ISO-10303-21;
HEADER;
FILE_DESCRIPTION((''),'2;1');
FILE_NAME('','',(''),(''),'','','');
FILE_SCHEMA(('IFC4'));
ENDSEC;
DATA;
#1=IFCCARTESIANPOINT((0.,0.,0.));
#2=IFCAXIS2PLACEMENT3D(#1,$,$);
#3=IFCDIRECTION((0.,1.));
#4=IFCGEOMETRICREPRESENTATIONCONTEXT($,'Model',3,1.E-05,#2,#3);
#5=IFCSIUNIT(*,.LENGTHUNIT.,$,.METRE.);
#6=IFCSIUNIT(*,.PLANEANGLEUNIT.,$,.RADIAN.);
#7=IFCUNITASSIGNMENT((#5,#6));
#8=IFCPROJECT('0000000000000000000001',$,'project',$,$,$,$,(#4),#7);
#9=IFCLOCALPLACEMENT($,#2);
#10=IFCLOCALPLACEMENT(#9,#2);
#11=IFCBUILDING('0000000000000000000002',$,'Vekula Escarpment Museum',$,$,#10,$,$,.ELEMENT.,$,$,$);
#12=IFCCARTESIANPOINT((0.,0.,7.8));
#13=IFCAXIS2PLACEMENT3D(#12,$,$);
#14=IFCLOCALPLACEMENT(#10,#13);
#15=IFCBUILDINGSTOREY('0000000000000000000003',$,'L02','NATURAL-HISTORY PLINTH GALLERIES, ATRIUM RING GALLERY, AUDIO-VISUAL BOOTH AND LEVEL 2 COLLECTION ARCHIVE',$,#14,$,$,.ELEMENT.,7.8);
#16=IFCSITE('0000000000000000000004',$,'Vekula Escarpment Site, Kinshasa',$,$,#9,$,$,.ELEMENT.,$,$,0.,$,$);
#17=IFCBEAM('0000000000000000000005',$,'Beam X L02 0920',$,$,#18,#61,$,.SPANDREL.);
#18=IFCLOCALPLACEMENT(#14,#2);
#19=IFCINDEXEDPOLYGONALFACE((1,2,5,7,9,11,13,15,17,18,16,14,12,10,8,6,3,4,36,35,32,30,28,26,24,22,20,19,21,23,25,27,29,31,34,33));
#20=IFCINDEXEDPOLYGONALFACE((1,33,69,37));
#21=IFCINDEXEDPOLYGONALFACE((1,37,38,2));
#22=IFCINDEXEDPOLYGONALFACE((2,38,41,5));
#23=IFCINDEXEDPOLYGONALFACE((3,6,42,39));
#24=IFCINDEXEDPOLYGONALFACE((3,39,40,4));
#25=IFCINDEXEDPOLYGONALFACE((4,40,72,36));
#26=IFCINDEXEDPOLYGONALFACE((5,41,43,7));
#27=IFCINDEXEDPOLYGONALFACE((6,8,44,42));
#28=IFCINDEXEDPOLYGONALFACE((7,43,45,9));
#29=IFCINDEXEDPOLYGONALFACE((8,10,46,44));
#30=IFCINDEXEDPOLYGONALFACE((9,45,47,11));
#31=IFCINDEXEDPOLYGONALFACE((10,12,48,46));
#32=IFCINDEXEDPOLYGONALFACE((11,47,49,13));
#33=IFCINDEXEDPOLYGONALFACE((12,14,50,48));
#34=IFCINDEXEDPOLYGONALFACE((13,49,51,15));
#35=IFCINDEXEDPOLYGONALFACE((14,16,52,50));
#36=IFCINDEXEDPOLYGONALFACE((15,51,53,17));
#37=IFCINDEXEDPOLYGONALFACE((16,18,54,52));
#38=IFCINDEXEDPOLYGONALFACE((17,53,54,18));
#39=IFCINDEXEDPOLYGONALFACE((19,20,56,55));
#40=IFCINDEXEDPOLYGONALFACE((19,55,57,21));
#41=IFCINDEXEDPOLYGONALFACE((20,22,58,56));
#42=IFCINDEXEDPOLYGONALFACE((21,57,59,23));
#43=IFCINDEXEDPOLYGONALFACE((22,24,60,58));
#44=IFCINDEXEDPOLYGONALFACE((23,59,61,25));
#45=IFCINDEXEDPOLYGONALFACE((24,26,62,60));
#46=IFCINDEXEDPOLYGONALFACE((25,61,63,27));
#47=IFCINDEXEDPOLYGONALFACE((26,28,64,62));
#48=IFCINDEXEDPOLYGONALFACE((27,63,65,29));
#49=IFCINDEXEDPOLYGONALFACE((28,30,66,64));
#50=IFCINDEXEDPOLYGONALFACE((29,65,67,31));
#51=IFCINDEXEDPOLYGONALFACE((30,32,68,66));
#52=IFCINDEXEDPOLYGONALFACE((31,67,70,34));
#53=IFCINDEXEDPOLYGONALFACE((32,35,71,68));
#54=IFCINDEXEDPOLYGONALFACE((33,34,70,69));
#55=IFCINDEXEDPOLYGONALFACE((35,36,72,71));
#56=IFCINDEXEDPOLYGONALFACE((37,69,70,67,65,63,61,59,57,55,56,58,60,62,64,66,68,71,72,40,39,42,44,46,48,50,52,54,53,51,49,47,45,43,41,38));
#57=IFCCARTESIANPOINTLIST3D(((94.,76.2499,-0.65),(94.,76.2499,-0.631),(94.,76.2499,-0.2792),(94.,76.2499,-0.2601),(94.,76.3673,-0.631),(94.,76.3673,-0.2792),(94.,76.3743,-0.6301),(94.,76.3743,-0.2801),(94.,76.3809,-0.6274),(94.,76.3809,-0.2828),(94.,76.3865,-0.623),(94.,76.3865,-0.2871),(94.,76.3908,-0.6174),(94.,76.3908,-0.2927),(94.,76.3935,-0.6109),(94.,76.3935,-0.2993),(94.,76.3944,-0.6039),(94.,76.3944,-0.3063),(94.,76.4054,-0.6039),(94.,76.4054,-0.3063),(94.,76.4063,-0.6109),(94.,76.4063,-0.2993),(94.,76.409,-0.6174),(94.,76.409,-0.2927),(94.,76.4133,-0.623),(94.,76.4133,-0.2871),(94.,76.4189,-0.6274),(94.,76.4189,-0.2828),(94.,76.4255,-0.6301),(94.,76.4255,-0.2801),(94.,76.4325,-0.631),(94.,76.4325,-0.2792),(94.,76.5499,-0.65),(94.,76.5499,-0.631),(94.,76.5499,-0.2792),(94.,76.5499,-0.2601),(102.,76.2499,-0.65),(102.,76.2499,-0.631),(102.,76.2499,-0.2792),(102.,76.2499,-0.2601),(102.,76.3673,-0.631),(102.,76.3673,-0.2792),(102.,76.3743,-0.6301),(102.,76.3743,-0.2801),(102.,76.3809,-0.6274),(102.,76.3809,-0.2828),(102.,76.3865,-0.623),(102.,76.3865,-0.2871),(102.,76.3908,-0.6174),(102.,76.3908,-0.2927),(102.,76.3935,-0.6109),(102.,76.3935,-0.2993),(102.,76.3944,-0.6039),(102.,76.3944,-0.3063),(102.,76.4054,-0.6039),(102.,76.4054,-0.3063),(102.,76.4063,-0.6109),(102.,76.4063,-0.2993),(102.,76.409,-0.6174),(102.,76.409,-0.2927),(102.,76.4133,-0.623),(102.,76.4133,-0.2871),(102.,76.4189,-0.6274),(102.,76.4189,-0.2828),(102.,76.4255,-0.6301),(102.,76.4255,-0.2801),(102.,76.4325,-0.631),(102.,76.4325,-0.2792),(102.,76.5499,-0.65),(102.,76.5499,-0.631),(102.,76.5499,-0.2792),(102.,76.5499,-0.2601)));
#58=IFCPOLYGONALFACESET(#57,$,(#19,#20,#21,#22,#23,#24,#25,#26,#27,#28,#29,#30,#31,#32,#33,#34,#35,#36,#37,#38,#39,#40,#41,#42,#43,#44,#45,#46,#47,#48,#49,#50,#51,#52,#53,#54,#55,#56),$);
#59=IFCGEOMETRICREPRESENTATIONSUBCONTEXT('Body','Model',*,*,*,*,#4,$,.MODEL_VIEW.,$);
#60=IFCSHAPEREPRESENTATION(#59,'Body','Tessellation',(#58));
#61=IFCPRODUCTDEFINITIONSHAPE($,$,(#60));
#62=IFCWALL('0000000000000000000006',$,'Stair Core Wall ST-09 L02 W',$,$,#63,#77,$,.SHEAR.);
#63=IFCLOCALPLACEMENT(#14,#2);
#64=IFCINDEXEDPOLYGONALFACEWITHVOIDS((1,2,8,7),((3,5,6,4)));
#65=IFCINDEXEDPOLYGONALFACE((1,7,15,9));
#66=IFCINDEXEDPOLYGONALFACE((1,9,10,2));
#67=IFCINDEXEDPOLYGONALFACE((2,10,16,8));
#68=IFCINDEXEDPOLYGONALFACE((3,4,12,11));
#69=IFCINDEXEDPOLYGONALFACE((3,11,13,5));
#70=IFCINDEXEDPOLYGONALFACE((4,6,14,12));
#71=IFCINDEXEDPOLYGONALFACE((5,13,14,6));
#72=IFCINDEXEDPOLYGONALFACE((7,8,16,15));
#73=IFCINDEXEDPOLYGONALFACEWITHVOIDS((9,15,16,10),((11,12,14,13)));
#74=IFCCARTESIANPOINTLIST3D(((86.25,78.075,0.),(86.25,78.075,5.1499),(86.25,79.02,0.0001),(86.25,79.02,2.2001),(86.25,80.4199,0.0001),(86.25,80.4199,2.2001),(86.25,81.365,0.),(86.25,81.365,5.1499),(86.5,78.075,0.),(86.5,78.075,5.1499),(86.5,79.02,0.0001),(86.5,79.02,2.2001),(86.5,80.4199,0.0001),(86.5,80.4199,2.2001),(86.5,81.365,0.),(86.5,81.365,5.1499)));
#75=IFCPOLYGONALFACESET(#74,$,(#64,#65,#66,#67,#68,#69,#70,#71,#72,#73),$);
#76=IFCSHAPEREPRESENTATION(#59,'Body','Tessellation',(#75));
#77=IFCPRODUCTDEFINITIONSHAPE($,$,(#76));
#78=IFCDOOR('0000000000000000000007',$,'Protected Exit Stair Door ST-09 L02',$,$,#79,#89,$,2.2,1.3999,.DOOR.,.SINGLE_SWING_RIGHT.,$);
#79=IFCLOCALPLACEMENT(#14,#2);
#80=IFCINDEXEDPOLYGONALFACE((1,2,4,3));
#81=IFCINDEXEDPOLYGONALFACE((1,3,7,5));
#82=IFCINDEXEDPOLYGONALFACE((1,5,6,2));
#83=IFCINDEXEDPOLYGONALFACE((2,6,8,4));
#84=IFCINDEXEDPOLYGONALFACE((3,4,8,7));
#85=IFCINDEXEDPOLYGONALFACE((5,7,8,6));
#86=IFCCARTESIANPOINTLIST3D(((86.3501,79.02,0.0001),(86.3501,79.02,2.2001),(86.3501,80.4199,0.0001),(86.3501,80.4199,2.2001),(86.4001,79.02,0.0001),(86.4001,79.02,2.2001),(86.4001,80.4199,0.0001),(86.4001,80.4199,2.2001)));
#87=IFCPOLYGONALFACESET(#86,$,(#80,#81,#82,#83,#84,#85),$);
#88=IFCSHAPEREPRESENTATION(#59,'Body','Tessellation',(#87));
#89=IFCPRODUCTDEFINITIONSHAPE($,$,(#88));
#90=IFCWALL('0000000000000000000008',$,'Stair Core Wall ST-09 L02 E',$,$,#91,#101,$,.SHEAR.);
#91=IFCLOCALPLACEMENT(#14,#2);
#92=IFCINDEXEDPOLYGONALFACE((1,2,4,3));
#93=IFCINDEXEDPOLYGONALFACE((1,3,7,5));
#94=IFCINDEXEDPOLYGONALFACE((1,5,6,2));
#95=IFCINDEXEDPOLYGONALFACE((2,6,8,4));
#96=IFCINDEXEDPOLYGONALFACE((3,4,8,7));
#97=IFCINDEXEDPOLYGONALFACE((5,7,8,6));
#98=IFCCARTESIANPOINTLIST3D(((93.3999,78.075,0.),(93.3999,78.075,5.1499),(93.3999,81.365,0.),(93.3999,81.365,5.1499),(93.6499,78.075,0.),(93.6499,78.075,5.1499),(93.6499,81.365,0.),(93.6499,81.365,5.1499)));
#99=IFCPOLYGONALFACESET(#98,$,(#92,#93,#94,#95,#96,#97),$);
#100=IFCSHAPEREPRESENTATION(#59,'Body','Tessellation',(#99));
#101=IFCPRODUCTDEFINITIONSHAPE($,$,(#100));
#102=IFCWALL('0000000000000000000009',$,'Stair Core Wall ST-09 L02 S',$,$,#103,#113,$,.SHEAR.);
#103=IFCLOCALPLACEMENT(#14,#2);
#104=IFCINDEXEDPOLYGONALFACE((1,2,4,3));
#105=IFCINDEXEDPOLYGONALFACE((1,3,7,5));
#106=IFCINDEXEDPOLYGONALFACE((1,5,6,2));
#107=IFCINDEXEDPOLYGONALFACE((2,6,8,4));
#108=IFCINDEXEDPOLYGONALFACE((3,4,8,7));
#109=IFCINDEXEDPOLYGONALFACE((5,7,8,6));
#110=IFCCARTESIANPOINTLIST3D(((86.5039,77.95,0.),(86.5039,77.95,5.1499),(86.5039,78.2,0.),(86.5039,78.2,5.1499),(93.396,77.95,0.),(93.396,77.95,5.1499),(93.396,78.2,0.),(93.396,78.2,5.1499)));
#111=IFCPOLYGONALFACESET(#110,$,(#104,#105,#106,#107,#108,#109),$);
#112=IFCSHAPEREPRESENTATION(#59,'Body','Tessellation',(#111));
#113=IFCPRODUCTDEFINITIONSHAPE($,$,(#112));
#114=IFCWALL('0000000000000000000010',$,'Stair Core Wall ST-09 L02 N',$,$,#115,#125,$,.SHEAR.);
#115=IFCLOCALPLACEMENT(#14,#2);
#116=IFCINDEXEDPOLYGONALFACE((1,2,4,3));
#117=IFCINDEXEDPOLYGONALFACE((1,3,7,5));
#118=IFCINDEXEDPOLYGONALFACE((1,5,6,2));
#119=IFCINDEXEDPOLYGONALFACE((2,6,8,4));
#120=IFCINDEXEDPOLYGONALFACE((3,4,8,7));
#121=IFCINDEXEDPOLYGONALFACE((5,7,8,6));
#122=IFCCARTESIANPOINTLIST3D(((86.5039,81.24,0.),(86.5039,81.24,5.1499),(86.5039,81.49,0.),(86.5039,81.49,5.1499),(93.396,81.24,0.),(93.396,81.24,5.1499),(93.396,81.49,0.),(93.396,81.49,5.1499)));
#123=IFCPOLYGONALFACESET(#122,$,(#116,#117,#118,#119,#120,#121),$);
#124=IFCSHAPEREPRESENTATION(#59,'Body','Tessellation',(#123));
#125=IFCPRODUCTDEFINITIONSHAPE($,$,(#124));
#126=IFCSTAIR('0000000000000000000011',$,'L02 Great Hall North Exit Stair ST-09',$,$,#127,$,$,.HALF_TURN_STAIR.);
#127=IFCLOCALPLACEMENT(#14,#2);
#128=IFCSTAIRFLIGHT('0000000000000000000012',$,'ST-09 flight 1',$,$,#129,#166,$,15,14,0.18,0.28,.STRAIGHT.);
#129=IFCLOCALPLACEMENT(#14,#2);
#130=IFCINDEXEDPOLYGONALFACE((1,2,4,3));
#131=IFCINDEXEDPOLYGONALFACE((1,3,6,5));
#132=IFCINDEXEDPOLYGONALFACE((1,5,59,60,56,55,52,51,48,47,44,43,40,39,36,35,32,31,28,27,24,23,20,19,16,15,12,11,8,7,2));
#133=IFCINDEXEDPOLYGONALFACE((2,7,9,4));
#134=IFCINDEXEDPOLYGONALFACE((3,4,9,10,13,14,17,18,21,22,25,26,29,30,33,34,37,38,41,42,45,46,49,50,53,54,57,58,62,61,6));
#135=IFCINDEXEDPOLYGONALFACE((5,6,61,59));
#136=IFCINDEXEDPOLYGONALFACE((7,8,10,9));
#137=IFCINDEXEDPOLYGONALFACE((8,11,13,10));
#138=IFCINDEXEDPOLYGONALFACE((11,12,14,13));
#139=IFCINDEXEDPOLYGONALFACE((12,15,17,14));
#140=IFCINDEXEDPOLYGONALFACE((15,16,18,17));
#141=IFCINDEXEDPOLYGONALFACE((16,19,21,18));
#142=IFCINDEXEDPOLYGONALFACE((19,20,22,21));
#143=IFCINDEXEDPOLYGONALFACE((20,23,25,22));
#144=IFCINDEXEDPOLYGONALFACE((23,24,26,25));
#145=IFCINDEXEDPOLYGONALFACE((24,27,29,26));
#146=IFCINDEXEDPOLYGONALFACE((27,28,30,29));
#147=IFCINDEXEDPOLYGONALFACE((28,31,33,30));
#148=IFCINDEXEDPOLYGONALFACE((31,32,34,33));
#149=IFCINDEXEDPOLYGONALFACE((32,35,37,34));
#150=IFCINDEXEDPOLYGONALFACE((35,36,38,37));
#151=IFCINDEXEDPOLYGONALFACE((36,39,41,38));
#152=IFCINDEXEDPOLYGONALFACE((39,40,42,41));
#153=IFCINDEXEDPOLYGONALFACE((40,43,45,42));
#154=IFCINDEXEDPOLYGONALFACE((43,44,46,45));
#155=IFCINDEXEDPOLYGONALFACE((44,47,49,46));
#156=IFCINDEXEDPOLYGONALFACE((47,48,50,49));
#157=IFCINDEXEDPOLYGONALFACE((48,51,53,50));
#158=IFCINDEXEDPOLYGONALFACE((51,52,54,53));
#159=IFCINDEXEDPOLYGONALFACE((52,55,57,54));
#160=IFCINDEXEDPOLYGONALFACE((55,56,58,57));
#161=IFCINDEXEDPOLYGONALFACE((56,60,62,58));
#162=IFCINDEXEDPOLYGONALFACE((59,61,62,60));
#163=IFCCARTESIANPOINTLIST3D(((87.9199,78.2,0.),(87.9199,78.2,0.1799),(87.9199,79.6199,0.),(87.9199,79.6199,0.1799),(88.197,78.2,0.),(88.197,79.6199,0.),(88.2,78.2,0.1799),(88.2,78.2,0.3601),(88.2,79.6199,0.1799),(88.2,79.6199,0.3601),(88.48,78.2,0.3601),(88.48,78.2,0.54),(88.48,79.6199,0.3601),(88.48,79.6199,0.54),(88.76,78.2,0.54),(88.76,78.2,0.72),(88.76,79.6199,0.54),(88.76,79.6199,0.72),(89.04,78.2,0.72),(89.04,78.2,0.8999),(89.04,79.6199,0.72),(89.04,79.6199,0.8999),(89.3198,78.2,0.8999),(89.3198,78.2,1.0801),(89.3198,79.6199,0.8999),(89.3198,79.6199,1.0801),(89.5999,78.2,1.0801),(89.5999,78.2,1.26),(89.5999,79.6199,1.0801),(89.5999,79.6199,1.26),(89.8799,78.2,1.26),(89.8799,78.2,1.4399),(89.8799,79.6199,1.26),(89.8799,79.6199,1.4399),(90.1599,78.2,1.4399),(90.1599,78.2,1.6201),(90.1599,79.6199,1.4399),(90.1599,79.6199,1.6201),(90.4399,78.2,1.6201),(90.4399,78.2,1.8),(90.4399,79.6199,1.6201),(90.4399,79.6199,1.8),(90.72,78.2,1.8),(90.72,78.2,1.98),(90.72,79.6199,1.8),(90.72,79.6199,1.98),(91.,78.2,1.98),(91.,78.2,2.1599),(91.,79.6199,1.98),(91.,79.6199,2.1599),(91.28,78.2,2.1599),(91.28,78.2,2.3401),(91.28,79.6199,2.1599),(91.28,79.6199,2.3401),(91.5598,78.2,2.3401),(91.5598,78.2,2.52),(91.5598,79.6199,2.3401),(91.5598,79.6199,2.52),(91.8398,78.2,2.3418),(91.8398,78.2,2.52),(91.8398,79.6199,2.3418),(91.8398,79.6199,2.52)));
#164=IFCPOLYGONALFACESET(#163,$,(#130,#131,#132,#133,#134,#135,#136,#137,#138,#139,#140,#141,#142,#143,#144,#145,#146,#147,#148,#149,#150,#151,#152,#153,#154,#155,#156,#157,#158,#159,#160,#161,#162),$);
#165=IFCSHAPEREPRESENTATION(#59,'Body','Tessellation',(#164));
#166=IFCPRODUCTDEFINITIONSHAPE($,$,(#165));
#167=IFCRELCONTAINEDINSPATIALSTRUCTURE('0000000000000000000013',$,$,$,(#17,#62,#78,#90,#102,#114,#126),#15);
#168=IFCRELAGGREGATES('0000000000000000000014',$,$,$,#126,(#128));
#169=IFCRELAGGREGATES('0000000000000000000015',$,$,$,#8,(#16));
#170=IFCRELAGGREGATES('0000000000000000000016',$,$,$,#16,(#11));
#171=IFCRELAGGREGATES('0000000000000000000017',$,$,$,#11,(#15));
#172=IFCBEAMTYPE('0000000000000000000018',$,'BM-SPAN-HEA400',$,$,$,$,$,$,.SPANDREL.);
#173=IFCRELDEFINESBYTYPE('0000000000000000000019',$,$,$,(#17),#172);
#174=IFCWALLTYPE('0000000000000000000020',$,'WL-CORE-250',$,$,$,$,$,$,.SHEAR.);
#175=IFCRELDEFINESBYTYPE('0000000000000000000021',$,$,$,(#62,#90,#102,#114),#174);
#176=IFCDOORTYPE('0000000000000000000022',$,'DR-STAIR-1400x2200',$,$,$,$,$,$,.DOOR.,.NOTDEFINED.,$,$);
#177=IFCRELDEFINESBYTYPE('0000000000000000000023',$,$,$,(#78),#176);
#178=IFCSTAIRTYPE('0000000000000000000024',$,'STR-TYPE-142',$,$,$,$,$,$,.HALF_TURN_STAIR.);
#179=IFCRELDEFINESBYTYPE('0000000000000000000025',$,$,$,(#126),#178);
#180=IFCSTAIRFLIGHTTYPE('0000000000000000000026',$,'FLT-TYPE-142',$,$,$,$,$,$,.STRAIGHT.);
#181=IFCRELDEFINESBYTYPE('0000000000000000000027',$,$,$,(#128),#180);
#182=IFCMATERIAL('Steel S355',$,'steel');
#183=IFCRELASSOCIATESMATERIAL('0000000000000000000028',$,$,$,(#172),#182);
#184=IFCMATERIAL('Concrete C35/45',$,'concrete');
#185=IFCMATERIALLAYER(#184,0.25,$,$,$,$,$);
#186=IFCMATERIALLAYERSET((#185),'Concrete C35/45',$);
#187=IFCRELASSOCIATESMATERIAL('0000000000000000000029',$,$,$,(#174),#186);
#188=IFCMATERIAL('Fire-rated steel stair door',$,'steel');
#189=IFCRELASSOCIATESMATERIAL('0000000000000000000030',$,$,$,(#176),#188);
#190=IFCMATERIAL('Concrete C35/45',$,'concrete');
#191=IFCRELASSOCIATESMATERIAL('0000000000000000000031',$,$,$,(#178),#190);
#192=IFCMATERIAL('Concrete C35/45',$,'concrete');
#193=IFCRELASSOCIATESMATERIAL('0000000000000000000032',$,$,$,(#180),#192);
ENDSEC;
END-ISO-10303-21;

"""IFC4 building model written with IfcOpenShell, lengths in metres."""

from ifc_helpers import new_model, si_unit, direction, frame, frame_2d, origin, origin_2d, place, context, subcontext, project, spatial, polyline, rectangle, i_section, outline, extrude, material, layer, layer_set, material_profile, profile_set, type_object, element, fill, aggregate, save


model = new_model("IFC4")

# Units and contexts
model_context = context("Model", 3, precision=1e-05, world=origin(), true_north=direction((0.0, 1.0)))
body_context = subcontext(model_context, "Body", "Model", "MODEL_VIEW")
ifc_project = project(units=[si_unit("LENGTHUNIT", "METRE"), si_unit("PLANEANGLEUNIT", "RADIAN")], contexts=[model_context])

# Site, building, storey
site_placement = place(None, origin())
site = spatial("IfcSite", under=ifc_project, at=site_placement, Name="Vekula Escarpment Site, Kinshasa", CompositionType="ELEMENT", RefElevation=0.0)
building_placement = place(site_placement, origin())
building = spatial("IfcBuilding", under=site, at=building_placement, Name="Vekula Escarpment Museum", CompositionType="ELEMENT")
storey_placement = place(building_placement, frame((0.0, 0.0, 7.8)))
storey = spatial("IfcBuildingStorey", under=building, at=storey_placement, Name="L02", Description="NATURAL-HISTORY PLINTH GALLERIES, ATRIUM RING GALLERY, AUDIO-VISUAL BOOTH AND LEVEL 2 COLLECTION ARCHIVE", CompositionType="ELEMENT", Elevation=7.8)

# Beam
ifc_material_1 = material(Name="Steel S355", Category="steel")
ifc_material_profile_1 = material_profile(ifc_material_1, i_section(OverallWidth=0.3, OverallDepth=0.3899, WebThickness=0.011, FlangeThickness=0.019, FilletRadius=0.0271, at=origin_2d()), Name="HEA 400")
ifc_profile_set_1 = profile_set([ifc_material_profile_1], Name="Steel S355")
beam_type_1 = type_object("IfcBeamType", Name="BM-SPAN-HEA400", PredefinedType="SPANDREL", material=ifc_profile_set_1)
beam_1_placement = place(storey_placement, frame((94.0, 76.3999, -0.4551), z_axis=(1.0, 0.0, 0.0), x_axis=(0.0, 1.0, 0.0)))
element("IfcBeam", 1, at=beam_1_placement, inside=storey, type_object=beam_type_1, Name="Beam X L02 0920", PredefinedType="SPANDREL", context=body_context, shape_type="SweptSolid", body=[
    extrude(i_section(OverallWidth=0.3, OverallDepth=0.3899, WebThickness=0.011, FlangeThickness=0.019, FilletRadius=0.0271, at=origin_2d()), origin(), (0.0, 0.0, 1.0), 8.0),
])

# Wall, opening, door
ifc_material_2 = material(Name="Concrete C35/45", Category="concrete")
ifc_layer = layer(ifc_material_2, 0.25)
ifc_layer_set = layer_set([ifc_layer], Name="Concrete C35/45")
wall_type = type_object("IfcWallType", Name="WL-CORE-250", PredefinedType="SHEAR", material=ifc_layer_set)
wall_1_placement = place(storey_placement, frame((86.375, 78.075, 0.0), z_axis=(0.0, 0.0, 1.0), x_axis=(0.0, 1.0, 0.0)))
wall_1 = element("IfcWall", 2, at=wall_1_placement, inside=storey, type_object=wall_type, Name="Stair Core Wall ST-09 L02 W", PredefinedType="SHEAR", context=body_context, shape_type="SweptSolid", body=[
    extrude(rectangle(XDim=3.29, YDim=0.25, at=frame_2d((1.645, 0.0))), origin(), (0.0, 0.0, 1.0), 5.1499),
])
opening_placement = place(wall_1_placement, frame((0.9451, 0.0, 0.0)))
opening = element("IfcOpeningElement", 3, at=opening_placement, cuts=wall_1, PredefinedType="OPENING", context=body_context, shape_type="SweptSolid", body=[
    extrude(rectangle(XDim=1.3999, YDim=2.2, at=frame_2d((0.7, 1.1001))), frame((0.0, 0.135, 0.0), z_axis=(0.0, -1.0, 0.0), x_axis=(1.0, 0.0, 0.0)), (0.0, 0.0, 1.0), 0.27),
])
ifc_material_3 = material(Name="Fire-rated steel stair door", Category="steel")
door_type = type_object("IfcDoorType", Name="DR-STAIR-1400x2200", OperationType="NOTDEFINED", PredefinedType="DOOR", material=ifc_material_3)
door_placement = place(opening_placement, origin())
door = element("IfcDoor", 4, at=door_placement, inside=storey, type_object=door_type, Name="Protected Exit Stair Door ST-09 L02", OperationType="SINGLE_SWING_RIGHT", OverallHeight=2.2, OverallWidth=1.3999, PredefinedType="DOOR", context=body_context, shape_type="SweptSolid", body=[
    extrude(rectangle(XDim=1.3999, YDim=2.2, at=frame_2d((0.7, 1.1001))), frame((0.0, 0.0249, 0.0), z_axis=(0.0, -1.0, 0.0), x_axis=(1.0, 0.0, 0.0)), (0.0, 0.0, 1.0), 0.05),
])
fill(opening, door)

# Walls
wall_2_placement = place(storey_placement, frame((93.5249, 78.075, 0.0), z_axis=(0.0, 0.0, 1.0), x_axis=(0.0, 1.0, 0.0)))
element("IfcWall", 5, at=wall_2_placement, inside=storey, type_object=wall_type, Name="Stair Core Wall ST-09 L02 E", PredefinedType="SHEAR", context=body_context, shape_type="SweptSolid", body=[
    extrude(rectangle(XDim=3.29, YDim=0.25, at=frame_2d((1.645, 0.0))), origin(), (0.0, 0.0, 1.0), 5.1499),
])
for number, where, z_axis, x_axis, name in (
    (6, (86.5039, 78.075, 0.0), (0.0, 0.0, 1.0), (1.0, 0.0, 0.0), "Stair Core Wall ST-09 L02 S"),
    (7, (86.5039, 81.365, 0.0), (0.0, 0.0, 1.0), (1.0, 0.0, 0.0), "Stair Core Wall ST-09 L02 N"),
):
    element("IfcWall", number, at=place(storey_placement, frame(where, z_axis=z_axis, x_axis=x_axis)), inside=storey, type_object=wall_type, Name=name, PredefinedType="SHEAR", context=body_context, shape_type="SweptSolid", body=[
        extrude(rectangle(XDim=6.8921, YDim=0.25, at=frame_2d((3.446, 0.0))), origin(), (0.0, 0.0, 1.0), 5.1499),
    ])

# Stair, stair flight
ifc_material_4 = material(Name="Concrete C35/45", Category="concrete")
stair_type = type_object("IfcStairType", Name="STR-TYPE-142", PredefinedType="HALF_TURN_STAIR", material=ifc_material_4)
stair_placement = place(storey_placement, origin())
stair = element("IfcStair", 8, at=stair_placement, inside=storey, type_object=stair_type, Name="L02 Great Hall North Exit Stair ST-09", PredefinedType="HALF_TURN_STAIR")
ifc_material_5 = material(Name="Concrete C35/45", Category="concrete")
stair_flight_type = type_object("IfcStairFlightType", Name="FLT-TYPE-142", PredefinedType="STRAIGHT", material=ifc_material_5)
stair_flight_1_placement = place(storey_placement, frame((87.9199, 78.9099, 0.0), z_axis=(0.0, 0.0, 1.0), x_axis=(1.0, 0.0, 0.0)))
stair_flight_1 = element("IfcStairFlight", 9, at=stair_flight_1_placement, type_object=stair_flight_type, Name="ST-09 flight 1", NumberOfRisers=15, NumberOfTreads=14, PredefinedType="STRAIGHT", RiserHeight=0.18, TreadLength=0.28, context=body_context, shape_type="SweptSolid", body=[
    extrude(outline(polyline([(0.0, 0.0), (0.0, 0.1799), (0.28, 0.1799), (0.28, 0.3601), (0.5601, 0.3601), (0.5601, 0.54), (0.8401, 0.54), (0.8401, 0.72), (1.1201, 0.72), (1.1201, 0.8999), (1.3999, 0.8999), (1.3999, 1.0801), (1.6799, 1.0801), (1.6799, 1.26), (1.96, 1.26), (1.96, 1.4399), (2.24, 1.4399), (2.24, 1.6201), (2.52, 1.6201), (2.52, 1.8), (2.8, 1.8), (2.8, 1.98), (3.0801, 1.98), (3.0801, 2.1599), (3.3601, 2.1599), (3.3601, 2.3401), (3.6399, 2.3401), (3.6399, 2.52), (3.9199, 2.52), (3.9199, 2.7), (3.9199, 2.3418), (0.2771, 0.0), (0.0, 0.0)])), frame((0.0, 0.71, 0.0), z_axis=(0.0, -1.0, 0.0), x_axis=(1.0, 0.0, 0.0)), (0.0, 0.0, 1.0), 1.4199),
])
aggregate(stair, [stair_flight_1])

save(model, "model.ifc")
